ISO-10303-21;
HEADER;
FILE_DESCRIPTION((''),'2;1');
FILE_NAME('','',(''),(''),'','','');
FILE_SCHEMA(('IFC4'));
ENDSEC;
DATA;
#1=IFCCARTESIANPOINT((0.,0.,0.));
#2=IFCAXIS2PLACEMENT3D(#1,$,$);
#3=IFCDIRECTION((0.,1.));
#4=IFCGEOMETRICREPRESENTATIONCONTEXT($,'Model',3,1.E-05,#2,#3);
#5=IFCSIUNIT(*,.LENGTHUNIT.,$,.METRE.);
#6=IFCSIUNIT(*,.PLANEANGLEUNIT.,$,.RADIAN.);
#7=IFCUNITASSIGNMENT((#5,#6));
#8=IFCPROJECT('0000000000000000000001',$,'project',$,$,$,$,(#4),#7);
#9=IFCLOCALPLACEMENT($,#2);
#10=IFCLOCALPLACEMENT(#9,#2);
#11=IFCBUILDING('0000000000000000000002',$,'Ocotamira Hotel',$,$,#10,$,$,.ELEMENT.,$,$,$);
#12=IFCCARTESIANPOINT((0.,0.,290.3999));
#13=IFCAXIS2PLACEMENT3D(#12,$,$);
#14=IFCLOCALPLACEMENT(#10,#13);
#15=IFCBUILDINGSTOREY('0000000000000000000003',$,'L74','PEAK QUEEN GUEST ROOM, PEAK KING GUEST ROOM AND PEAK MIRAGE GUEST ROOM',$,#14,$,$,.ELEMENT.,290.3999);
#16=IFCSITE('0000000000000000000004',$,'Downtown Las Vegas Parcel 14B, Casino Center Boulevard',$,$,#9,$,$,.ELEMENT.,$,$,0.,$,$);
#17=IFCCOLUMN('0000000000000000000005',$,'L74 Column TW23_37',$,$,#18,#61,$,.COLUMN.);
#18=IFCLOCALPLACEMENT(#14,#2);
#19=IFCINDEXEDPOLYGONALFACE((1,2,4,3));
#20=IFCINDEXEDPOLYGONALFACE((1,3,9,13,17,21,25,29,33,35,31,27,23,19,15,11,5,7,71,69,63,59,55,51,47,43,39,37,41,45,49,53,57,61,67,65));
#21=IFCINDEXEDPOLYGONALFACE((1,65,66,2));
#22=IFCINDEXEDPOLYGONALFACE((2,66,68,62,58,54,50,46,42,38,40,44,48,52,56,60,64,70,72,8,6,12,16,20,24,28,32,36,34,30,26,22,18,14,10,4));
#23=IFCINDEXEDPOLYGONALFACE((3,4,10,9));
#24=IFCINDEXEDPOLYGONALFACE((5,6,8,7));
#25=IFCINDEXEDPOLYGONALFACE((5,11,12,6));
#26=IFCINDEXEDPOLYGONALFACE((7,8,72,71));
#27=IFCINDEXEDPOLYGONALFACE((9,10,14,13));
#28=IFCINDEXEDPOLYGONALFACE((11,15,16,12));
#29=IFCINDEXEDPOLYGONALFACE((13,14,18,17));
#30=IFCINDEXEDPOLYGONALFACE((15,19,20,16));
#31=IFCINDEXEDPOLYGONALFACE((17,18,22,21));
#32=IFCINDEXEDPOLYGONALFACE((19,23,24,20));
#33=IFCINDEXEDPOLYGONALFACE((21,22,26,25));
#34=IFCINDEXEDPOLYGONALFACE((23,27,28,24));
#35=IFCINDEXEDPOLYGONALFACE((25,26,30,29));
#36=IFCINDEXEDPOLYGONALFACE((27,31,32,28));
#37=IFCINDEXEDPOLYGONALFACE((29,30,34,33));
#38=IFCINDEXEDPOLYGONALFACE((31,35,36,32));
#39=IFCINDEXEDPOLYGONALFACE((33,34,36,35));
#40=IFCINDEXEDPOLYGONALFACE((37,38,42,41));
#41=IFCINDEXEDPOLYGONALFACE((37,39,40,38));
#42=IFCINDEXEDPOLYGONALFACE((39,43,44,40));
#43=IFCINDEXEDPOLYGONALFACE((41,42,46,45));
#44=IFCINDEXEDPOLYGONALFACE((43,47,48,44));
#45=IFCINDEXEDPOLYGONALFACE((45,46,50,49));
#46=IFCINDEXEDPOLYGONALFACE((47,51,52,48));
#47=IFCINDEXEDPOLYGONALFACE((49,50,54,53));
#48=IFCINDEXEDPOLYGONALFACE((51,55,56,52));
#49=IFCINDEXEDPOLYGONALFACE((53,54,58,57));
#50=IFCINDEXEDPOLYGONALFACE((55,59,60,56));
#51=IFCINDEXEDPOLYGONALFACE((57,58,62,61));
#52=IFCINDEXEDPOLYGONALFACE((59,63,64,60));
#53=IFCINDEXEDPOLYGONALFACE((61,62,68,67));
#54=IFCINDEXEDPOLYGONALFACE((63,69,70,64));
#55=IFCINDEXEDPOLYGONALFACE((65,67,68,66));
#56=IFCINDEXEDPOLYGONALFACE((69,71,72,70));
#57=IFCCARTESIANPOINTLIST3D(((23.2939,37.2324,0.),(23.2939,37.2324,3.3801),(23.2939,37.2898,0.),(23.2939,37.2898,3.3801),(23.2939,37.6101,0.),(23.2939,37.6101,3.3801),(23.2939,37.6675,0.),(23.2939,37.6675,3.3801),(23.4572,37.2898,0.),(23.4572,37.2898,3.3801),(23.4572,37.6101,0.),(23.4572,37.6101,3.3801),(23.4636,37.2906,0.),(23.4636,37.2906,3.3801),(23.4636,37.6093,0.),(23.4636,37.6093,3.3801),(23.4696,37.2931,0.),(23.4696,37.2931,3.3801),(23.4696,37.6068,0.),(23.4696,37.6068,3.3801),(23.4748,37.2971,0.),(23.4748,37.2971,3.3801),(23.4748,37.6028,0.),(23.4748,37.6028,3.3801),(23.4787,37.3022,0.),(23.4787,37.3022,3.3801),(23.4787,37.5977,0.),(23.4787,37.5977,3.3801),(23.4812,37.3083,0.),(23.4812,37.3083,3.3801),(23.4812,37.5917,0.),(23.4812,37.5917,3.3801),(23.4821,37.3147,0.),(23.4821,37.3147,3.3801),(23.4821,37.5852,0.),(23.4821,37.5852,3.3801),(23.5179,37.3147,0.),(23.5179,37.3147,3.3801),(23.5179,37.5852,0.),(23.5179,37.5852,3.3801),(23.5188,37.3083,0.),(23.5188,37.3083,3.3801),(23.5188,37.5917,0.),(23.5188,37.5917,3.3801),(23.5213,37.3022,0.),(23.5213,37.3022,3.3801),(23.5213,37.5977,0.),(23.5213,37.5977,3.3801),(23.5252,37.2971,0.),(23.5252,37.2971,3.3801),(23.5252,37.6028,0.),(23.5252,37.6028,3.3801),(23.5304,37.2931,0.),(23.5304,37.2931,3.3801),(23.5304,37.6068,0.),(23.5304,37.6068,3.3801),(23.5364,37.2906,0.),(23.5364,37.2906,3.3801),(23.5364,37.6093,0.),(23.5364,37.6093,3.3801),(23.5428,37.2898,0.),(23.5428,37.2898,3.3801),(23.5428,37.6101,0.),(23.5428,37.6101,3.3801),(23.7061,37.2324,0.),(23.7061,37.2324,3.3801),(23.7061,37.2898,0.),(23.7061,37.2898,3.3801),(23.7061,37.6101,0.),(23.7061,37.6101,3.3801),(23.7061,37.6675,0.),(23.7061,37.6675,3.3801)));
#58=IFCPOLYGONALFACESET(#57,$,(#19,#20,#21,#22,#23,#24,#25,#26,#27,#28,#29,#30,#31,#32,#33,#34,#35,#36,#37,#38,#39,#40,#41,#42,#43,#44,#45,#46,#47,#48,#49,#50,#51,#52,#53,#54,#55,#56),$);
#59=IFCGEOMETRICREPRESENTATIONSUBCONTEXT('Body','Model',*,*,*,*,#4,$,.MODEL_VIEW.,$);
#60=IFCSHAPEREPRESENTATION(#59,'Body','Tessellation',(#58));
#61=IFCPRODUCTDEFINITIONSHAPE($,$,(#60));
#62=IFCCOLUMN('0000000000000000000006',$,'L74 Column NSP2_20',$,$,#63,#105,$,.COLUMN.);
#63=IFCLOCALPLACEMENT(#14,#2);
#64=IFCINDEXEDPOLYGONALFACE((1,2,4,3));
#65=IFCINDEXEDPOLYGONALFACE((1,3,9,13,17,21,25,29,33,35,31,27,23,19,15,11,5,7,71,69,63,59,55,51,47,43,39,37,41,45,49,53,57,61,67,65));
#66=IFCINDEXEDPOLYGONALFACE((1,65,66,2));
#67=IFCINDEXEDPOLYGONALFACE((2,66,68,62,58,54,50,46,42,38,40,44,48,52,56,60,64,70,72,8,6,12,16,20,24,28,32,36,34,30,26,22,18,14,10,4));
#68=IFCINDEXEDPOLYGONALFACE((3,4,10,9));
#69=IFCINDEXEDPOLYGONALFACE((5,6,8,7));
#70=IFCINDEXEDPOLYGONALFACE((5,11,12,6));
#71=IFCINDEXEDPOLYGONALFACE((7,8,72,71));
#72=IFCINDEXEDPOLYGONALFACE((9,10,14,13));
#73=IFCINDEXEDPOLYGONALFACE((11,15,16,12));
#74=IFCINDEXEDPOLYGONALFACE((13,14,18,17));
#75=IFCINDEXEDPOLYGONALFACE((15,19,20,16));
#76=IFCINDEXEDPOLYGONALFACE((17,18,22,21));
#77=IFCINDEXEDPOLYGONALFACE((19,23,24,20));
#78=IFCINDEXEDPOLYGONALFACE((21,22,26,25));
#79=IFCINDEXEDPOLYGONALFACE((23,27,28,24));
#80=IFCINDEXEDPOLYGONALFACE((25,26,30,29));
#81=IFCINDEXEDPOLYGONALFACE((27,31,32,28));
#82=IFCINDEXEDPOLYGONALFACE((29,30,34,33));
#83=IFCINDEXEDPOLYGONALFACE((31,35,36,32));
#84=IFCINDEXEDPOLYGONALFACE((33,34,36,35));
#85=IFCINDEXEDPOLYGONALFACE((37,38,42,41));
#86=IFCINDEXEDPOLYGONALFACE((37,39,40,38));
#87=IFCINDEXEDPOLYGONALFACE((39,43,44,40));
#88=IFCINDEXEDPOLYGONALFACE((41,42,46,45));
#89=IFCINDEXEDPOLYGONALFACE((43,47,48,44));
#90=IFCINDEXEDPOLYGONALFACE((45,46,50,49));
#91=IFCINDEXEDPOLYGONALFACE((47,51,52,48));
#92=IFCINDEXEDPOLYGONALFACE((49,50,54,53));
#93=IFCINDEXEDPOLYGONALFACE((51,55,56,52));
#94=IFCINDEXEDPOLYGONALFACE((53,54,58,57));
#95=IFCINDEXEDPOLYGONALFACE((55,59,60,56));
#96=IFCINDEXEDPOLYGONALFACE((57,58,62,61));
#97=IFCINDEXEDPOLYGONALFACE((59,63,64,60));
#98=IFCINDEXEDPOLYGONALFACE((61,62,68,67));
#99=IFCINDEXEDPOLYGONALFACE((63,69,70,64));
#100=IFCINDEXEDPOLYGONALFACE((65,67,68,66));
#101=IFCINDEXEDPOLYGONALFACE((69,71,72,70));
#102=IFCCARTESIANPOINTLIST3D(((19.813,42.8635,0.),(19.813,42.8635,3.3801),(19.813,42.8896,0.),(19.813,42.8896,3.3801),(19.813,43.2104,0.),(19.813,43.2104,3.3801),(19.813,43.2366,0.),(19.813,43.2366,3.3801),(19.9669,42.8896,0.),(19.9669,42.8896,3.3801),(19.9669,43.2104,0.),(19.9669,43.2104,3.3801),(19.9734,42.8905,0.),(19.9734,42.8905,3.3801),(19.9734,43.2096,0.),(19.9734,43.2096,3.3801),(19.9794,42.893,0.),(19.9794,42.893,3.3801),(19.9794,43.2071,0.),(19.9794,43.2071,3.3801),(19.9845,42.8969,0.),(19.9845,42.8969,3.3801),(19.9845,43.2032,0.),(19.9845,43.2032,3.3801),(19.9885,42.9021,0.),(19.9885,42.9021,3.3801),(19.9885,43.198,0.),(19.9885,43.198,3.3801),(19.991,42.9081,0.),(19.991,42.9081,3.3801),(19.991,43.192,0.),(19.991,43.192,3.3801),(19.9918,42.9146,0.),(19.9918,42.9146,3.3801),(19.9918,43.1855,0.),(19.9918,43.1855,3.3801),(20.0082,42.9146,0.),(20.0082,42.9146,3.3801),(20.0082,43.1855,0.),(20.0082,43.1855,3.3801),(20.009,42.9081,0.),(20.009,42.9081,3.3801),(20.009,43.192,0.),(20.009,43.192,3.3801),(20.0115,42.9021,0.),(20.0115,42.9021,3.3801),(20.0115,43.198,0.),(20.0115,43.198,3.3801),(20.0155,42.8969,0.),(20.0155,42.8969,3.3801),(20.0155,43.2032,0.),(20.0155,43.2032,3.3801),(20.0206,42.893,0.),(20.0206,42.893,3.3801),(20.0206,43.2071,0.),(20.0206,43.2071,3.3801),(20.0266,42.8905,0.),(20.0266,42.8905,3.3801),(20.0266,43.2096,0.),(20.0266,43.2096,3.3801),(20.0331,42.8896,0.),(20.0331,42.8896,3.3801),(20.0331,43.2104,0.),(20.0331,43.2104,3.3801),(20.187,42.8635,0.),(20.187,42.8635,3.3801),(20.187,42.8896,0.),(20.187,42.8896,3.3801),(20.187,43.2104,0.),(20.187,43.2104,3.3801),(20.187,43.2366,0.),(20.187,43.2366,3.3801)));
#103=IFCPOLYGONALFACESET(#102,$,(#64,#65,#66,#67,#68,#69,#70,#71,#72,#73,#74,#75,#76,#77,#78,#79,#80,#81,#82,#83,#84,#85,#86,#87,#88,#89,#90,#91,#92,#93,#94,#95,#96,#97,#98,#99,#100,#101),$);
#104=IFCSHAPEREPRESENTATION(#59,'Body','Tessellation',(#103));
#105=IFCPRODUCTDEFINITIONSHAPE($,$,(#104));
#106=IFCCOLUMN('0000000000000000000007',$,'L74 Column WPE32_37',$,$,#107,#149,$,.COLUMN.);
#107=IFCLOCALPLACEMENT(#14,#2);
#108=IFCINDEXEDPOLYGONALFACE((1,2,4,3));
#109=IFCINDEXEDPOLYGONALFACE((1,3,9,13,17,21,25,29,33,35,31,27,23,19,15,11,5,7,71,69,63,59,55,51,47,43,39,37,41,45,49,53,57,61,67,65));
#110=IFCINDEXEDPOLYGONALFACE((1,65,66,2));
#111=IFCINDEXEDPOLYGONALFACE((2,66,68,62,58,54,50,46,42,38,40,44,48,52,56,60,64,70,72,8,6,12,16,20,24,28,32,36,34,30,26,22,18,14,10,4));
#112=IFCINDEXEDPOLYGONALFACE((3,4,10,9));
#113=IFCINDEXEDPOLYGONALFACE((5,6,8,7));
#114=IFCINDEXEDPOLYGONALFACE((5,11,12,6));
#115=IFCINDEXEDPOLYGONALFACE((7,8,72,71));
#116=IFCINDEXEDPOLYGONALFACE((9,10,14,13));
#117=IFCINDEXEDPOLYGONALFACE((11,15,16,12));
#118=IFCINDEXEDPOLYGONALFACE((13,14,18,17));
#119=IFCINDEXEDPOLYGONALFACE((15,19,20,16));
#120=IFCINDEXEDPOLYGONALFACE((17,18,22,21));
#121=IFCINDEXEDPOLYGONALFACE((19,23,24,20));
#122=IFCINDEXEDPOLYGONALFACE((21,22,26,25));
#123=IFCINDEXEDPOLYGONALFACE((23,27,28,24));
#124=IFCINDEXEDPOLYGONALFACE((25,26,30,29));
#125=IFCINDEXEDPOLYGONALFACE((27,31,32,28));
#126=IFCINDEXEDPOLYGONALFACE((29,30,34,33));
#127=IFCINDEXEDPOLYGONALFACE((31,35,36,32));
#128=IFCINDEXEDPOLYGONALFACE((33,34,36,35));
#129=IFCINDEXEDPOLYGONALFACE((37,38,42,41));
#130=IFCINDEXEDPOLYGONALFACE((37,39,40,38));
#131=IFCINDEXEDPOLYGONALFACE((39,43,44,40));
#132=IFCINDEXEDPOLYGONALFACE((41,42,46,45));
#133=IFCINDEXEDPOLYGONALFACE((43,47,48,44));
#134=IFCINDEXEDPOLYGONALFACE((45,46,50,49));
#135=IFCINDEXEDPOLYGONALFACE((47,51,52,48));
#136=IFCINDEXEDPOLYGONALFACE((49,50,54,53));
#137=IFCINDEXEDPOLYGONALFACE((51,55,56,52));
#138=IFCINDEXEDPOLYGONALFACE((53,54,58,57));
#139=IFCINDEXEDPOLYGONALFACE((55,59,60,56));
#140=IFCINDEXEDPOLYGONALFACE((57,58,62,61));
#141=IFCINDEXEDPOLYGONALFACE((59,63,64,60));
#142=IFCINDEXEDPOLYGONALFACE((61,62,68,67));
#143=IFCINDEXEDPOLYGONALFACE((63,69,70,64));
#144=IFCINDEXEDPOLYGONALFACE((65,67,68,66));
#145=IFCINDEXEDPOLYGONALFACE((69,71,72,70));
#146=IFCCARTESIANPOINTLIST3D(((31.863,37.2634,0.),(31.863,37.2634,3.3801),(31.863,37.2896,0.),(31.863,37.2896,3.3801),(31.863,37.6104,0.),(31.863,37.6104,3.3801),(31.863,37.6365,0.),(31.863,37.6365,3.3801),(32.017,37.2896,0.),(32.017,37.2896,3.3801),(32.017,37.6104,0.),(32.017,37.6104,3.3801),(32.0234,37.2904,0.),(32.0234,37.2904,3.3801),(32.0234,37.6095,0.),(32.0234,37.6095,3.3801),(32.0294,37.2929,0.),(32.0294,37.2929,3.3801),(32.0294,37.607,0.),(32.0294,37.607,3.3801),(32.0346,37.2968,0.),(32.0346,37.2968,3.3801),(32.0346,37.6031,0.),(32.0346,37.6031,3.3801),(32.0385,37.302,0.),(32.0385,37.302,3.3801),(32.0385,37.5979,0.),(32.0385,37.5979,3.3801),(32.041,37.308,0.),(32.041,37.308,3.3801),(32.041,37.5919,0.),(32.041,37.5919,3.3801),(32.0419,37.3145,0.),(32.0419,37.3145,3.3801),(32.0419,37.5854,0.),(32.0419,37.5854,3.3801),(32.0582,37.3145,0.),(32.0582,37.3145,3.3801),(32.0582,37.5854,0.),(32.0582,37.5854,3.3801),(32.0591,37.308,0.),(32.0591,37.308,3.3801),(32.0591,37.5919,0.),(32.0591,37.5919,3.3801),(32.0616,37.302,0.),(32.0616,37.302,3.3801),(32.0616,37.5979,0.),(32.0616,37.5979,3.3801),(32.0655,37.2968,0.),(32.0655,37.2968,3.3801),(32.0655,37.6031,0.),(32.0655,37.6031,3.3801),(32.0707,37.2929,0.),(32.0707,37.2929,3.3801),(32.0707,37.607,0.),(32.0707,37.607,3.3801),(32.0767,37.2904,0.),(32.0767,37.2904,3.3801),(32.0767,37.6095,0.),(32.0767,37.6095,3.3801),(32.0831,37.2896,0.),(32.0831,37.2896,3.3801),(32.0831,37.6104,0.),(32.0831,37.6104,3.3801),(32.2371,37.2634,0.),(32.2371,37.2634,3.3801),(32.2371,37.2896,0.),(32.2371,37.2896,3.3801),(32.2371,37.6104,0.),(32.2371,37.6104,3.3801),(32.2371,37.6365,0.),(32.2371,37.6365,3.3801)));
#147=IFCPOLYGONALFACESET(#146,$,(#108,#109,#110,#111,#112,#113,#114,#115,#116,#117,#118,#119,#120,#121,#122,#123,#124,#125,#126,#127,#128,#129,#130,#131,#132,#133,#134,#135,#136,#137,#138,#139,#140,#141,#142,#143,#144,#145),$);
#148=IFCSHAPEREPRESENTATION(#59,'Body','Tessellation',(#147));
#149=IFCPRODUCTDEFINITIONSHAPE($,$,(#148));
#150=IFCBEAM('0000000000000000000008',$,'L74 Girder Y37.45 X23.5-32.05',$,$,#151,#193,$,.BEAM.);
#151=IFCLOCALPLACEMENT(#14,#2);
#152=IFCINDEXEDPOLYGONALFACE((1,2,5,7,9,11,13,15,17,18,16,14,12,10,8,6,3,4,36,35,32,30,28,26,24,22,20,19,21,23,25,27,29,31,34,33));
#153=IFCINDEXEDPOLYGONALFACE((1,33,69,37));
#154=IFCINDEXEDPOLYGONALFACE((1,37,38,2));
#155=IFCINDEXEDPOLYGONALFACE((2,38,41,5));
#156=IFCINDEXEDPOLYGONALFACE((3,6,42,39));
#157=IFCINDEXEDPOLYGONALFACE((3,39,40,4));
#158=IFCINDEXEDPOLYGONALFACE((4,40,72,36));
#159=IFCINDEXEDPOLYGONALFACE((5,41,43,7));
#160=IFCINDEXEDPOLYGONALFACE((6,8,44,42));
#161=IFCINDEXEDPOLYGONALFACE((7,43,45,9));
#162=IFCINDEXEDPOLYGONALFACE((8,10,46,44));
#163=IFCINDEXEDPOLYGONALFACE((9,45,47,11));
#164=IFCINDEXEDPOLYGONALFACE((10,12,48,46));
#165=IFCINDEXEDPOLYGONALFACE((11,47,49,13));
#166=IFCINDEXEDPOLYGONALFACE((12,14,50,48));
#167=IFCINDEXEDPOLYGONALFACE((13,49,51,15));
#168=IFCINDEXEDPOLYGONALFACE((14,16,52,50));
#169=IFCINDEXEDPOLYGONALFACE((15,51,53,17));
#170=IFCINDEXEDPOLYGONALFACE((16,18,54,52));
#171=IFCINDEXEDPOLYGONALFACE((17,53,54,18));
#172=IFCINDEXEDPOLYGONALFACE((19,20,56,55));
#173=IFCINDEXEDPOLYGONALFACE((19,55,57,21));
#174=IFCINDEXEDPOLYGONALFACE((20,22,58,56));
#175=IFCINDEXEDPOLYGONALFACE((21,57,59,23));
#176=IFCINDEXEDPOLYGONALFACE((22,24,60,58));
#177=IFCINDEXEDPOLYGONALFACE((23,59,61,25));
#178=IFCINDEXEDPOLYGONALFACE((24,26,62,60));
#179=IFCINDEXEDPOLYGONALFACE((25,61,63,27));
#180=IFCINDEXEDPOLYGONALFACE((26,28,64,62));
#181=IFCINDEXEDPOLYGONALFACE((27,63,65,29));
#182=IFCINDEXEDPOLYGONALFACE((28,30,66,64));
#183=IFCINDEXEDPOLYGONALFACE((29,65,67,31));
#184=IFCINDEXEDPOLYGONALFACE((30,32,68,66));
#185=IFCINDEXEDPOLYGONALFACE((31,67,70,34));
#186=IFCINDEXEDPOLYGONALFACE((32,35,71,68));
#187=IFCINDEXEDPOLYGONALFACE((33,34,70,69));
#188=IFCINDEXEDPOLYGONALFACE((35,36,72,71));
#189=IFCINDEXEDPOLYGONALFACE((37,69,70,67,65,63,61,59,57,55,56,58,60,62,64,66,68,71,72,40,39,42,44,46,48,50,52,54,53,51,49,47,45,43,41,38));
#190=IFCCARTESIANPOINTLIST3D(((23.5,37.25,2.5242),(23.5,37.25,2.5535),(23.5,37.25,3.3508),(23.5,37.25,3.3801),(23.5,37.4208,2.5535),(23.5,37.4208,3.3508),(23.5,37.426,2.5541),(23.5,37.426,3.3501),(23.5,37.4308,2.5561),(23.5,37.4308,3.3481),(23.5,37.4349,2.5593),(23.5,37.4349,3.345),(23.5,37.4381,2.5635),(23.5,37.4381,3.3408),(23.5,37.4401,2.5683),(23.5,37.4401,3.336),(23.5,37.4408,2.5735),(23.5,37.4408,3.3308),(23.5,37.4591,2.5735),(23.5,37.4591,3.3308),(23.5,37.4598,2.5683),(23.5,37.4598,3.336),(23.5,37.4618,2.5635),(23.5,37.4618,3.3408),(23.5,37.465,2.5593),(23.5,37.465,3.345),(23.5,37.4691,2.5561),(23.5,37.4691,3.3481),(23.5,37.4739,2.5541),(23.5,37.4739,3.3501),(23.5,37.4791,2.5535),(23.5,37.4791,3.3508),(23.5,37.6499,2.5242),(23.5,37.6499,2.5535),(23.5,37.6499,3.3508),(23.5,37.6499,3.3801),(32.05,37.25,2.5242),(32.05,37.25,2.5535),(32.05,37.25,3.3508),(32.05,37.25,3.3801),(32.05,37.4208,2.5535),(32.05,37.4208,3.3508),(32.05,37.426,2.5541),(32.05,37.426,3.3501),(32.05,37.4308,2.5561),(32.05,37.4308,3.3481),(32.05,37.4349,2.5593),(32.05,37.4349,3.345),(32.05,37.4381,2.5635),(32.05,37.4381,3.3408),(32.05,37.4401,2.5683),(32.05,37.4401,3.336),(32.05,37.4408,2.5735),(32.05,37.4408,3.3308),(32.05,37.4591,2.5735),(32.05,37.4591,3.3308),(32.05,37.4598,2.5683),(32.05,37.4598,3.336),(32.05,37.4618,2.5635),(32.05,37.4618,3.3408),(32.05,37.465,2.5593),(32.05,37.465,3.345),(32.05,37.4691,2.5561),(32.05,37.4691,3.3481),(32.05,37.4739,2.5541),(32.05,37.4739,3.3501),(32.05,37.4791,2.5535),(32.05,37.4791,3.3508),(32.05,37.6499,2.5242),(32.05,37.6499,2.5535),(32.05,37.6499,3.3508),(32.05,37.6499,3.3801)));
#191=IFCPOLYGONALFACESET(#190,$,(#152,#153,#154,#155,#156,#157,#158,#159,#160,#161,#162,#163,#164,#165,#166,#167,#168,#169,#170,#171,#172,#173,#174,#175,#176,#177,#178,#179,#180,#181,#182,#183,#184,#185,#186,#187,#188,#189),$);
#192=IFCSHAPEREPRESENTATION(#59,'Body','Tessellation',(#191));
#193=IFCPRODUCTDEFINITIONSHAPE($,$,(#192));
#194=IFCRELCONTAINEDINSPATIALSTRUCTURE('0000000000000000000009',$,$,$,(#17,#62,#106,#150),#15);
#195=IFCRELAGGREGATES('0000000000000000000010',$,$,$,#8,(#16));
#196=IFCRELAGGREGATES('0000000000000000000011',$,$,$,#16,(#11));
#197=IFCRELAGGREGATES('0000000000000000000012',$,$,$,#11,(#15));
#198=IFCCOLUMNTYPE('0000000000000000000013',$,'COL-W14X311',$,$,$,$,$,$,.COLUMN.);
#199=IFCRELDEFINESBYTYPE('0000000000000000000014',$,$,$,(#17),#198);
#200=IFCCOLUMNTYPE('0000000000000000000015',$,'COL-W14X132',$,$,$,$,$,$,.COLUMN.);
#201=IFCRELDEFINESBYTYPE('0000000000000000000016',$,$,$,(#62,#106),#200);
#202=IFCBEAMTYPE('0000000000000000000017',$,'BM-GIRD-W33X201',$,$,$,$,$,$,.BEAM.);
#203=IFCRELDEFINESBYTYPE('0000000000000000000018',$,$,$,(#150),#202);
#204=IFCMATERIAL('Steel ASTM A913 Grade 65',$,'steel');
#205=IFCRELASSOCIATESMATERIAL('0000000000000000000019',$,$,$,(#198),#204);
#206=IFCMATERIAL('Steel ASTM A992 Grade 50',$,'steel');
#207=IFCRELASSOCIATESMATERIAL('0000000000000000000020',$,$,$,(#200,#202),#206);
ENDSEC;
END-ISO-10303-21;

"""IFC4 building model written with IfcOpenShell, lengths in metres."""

from ifc_helpers import new_model, si_unit, direction, frame, origin, origin_2d, place, context, subcontext, project, spatial, i_section, extrude, source, transform, mapped, material, material_profile, profile_set, type_object, element, save


model = new_model("IFC4")

# Units and contexts
model_context = context("Model", 3, precision=1e-05, world=origin(), true_north=direction((0.0, 1.0)))
body_context = subcontext(model_context, "Body", "Model", "MODEL_VIEW")
ifc_project = project(units=[si_unit("LENGTHUNIT", "METRE"), si_unit("PLANEANGLEUNIT", "RADIAN")], contexts=[model_context])

# Site, building, storey
site_placement = place(None, origin())
site = spatial("IfcSite", under=ifc_project, at=site_placement, Name="Downtown Las Vegas Parcel 14B, Casino Center Boulevard", CompositionType="ELEMENT", RefElevation=0.0)
building_placement = place(site_placement, origin())
building = spatial("IfcBuilding", under=site, at=building_placement, Name="Ocotamira Hotel", CompositionType="ELEMENT")
storey_placement = place(building_placement, frame((0.0, 0.0, 290.3999)))
storey = spatial("IfcBuildingStorey", under=building, at=storey_placement, Name="L74", Description="PEAK QUEEN GUEST ROOM, PEAK KING GUEST ROOM AND PEAK MIRAGE GUEST ROOM", CompositionType="ELEMENT", Elevation=290.3999)

# Columns
ifc_material_1 = material(Name="Steel ASTM A913 Grade 65", Category="steel")
ifc_material_profile_1 = material_profile(ifc_material_1, i_section(OverallWidth=0.4121, OverallDepth=0.4351, WebThickness=0.0359, FlangeThickness=0.0574, FilletRadius=0.0249, at=origin_2d()), Name="W14X311")
ifc_profile_set_1 = profile_set([ifc_material_profile_1], Name="Steel ASTM A913 Grade 65")
column_type_1 = type_object("IfcColumnType", Name="COL-W14X311", PredefinedType="COLUMN", material=ifc_profile_set_1)
shared_shape_1 = source(origin(), body_context, "Body", "SweptSolid", [
    extrude(i_section(OverallWidth=0.4121, OverallDepth=0.4351, WebThickness=0.0359, FlangeThickness=0.0574, FilletRadius=0.0249, at=origin_2d()), origin(), (0.0, 0.0, 1.0), 3.3801),
])
column_placement = place(storey_placement, frame((23.5, 37.45, 0.0), z_axis=(0.0, 0.0, 1.0), x_axis=(1.0, 0.0, 0.0)))
element("IfcColumn", 1, at=column_placement, inside=storey, type_object=column_type_1, Name="L74 Column TW23_37", PredefinedType="COLUMN", context=body_context, shape_type="MappedRepresentation", body=[
    mapped(shared_shape_1, transform((0.0, 0.0, 0.0), scale=1.0)),
])
ifc_material_2 = material(Name="Steel ASTM A992 Grade 50", Category="steel")
ifc_material_profile_2 = material_profile(ifc_material_2, i_section(OverallWidth=0.374, OverallDepth=0.373, WebThickness=0.0164, FlangeThickness=0.0261, FilletRadius=0.0249, at=origin_2d()), Name="W14X132")
ifc_profile_set_2 = profile_set([ifc_material_profile_2], Name="Steel ASTM A992 Grade 50")
column_type_2 = type_object("IfcColumnType", Name="COL-W14X132", PredefinedType="COLUMN", material=ifc_profile_set_2)
shared_shape_2 = source(origin(), body_context, "Body", "SweptSolid", [
    extrude(i_section(OverallWidth=0.374, OverallDepth=0.373, WebThickness=0.0164, FlangeThickness=0.0261, FilletRadius=0.0249, at=origin_2d()), origin(), (0.0, 0.0, 1.0), 3.3801),
])
for number, where, z_axis, x_axis, name in (
    (2, (20.0, 43.05, 0.0), (0.0, 0.0, 1.0), (1.0, 0.0, 0.0), "L74 Column NSP2_20"),
    (3, (32.05, 37.45, 0.0), (0.0, 0.0, 1.0), (1.0, 0.0, 0.0), "L74 Column WPE32_37"),
):
    element("IfcColumn", number, at=place(storey_placement, frame(where, z_axis=z_axis, x_axis=x_axis)), inside=storey, type_object=column_type_2, Name=name, PredefinedType="COLUMN", context=body_context, shape_type="MappedRepresentation", body=[
        mapped(shared_shape_2, transform((0.0, 0.0, 0.0), scale=1.0)),
    ])

# Beam
ifc_material_profile_3 = material_profile(ifc_material_2, i_section(OverallWidth=0.3999, OverallDepth=0.856, WebThickness=0.0183, FlangeThickness=0.0293, FilletRadius=0.02, at=origin_2d()), Name="W33X201")
ifc_profile_set_3 = profile_set([ifc_material_profile_3], Name="Steel ASTM A992 Grade 50")
beam_type = type_object("IfcBeamType", Name="BM-GIRD-W33X201", PredefinedType="BEAM", material=ifc_profile_set_3)
shared_shape_3 = source(origin(), body_context, "Body", "SweptSolid", [
    extrude(i_section(OverallWidth=0.3999, OverallDepth=0.856, WebThickness=0.0183, FlangeThickness=0.0293, FilletRadius=0.02, at=origin_2d()), origin(), (0.0, 0.0, 1.0), 8.55),
])
beam_placement = place(storey_placement, frame((23.5, 37.45, 2.9521), z_axis=(1.0, 0.0, 0.0), x_axis=(0.0, 1.0, 0.0)))
element("IfcBeam", 4, at=beam_placement, inside=storey, type_object=beam_type, Name="L74 Girder Y37.45 X23.5-32.05", PredefinedType="BEAM", context=body_context, shape_type="MappedRepresentation", body=[
    mapped(shared_shape_3, transform((0.0, 0.0, 0.0), scale=1.0)),
])

save(model, "model.ifc")
